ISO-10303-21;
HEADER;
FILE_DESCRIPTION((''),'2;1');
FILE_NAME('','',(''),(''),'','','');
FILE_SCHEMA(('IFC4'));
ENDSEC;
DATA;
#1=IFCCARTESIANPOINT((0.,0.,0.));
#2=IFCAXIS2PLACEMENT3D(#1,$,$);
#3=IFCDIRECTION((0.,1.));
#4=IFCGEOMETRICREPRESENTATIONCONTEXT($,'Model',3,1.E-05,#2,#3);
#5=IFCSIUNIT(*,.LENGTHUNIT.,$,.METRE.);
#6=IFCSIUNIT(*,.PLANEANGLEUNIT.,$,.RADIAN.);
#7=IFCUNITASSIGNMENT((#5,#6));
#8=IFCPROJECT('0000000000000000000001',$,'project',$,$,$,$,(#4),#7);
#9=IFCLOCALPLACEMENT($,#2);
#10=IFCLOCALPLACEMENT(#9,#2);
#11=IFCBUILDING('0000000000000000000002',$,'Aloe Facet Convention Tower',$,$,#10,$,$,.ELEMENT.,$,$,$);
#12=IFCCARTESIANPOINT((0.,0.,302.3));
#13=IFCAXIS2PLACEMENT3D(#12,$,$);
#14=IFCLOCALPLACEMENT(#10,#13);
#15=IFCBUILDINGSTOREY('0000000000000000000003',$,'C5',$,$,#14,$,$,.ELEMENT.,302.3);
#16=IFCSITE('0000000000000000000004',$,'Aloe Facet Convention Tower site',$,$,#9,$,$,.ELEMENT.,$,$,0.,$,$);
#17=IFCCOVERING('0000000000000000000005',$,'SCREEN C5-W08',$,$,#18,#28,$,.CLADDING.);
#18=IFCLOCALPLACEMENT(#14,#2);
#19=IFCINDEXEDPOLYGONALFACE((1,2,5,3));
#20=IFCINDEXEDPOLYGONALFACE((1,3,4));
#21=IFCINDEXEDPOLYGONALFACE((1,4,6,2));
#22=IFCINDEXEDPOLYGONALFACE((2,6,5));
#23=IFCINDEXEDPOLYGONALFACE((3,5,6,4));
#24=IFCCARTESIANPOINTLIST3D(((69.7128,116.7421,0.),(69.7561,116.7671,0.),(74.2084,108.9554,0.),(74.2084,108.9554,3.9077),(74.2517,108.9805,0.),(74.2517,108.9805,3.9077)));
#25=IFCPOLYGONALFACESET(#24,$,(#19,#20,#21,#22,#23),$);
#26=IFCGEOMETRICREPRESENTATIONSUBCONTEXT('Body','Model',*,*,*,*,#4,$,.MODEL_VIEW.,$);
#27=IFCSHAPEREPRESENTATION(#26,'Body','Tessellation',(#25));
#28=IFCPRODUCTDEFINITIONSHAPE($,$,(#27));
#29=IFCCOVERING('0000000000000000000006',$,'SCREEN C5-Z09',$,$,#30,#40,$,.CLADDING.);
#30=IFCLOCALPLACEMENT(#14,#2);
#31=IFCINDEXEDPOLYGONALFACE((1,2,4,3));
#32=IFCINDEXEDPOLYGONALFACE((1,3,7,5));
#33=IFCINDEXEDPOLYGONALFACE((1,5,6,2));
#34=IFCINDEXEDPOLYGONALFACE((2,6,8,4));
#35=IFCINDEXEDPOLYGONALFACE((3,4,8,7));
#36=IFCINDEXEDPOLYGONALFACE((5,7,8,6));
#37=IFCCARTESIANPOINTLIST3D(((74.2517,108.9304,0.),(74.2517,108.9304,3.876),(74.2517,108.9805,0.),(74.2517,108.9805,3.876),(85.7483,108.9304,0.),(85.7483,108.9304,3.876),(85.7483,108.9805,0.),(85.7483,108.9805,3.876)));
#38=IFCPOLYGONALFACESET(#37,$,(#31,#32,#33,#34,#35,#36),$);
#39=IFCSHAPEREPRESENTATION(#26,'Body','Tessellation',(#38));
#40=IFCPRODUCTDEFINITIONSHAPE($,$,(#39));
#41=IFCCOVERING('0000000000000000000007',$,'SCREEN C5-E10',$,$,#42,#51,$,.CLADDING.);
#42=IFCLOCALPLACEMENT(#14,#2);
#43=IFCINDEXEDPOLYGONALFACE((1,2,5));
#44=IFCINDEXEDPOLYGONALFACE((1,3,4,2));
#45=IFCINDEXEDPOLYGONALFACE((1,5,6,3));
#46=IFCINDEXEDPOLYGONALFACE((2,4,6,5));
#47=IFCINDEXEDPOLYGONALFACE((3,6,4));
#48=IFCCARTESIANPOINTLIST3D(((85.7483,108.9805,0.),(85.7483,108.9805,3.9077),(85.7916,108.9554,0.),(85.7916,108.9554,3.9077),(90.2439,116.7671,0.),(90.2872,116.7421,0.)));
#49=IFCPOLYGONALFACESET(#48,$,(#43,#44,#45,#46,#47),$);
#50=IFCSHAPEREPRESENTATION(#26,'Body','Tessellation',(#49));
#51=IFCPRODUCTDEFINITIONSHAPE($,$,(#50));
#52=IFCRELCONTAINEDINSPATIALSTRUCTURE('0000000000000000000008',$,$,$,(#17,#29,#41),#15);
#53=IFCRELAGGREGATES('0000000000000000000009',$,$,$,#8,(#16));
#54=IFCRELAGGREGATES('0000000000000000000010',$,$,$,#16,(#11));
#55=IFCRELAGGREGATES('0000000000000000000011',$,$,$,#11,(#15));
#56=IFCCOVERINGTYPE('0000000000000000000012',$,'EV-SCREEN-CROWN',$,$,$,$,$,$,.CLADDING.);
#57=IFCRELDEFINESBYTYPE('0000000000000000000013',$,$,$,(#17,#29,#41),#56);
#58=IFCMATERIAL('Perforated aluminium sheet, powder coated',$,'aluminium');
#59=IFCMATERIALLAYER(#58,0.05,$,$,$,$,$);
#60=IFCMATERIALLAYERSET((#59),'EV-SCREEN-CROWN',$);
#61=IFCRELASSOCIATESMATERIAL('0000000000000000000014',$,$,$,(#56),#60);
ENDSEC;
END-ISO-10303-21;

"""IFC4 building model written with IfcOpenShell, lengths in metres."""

from ifc_helpers import new_model, si_unit, direction, frame, origin, place, context, subcontext, project, spatial, polyline, outline, extrude, material, layer, layer_set, type_object, element, save


model = new_model("IFC4")

# Units and contexts
model_context = context("Model", 3, precision=1e-05, world=origin(), true_north=direction((0.0, 1.0)))
body_context = subcontext(model_context, "Body", "Model", "MODEL_VIEW")
ifc_project = project(units=[si_unit("LENGTHUNIT", "METRE"), si_unit("PLANEANGLEUNIT", "RADIAN")], contexts=[model_context])

# Site, building, storey
site_placement = place(None, origin())
site = spatial("IfcSite", under=ifc_project, at=site_placement, Name="Aloe Facet Convention Tower site", CompositionType="ELEMENT", RefElevation=0.0)
building_placement = place(site_placement, origin())
building = spatial("IfcBuilding", under=site, at=building_placement, Name="Aloe Facet Convention Tower", CompositionType="ELEMENT")
storey_placement = place(building_placement, frame((0.0, 0.0, 302.3)))
storey = spatial("IfcBuildingStorey", under=building, at=storey_placement, Name="C5", CompositionType="ELEMENT", Elevation=302.3)

# Coverings
ifc_material_1 = material(Name="Perforated aluminium sheet, powder coated", Category="aluminium")
ifc_layer_1 = layer(ifc_material_1, 0.05)
ifc_layer_set_1 = layer_set([ifc_layer_1], Name="EV-SCREEN-CROWN")
covering_type = type_object("IfcCoveringType", Name="EV-SCREEN-CROWN", PredefinedType="CLADDING", material=ifc_layer_set_1)
covering_1_placement = place(storey_placement, frame((69.7561, 116.7671, 0.0), z_axis=(0.866026, 0.5, 0.0), x_axis=(0.458563, -0.794255, 0.398597)))
element("IfcCovering", 1, at=covering_1_placement, inside=storey, type_object=covering_type, Name="SCREEN C5-W08", PredefinedType="CLADDING", context=body_context, shape_type="SweptSolid", body=[
    extrude(outline(polyline([(0.0, 0.0), (9.8037, 0.0), (8.2461, 3.5839), (0.0, 0.0)])), origin(), (0.0, 0.0, -1.0), 0.05),
])
covering_2_placement = place(storey_placement, frame((74.2517, 108.9805, 0.0), z_axis=(0.0, 1.0, 0.0), x_axis=(0.0, 0.0, 1.0)))
element("IfcCovering", 2, at=covering_2_placement, inside=storey, type_object=covering_type, Name="SCREEN C5-Z09", PredefinedType="CLADDING", context=body_context, shape_type="SweptSolid", body=[
    extrude(outline(polyline([(0.0, 0.0), (3.876, 0.0), (3.876, 11.4966), (0.0, 11.4966), (0.0, 0.0)])), origin(), (0.0, 0.0, -1.0), 0.05),
])
covering_3_placement = place(storey_placement, frame((85.7483, 108.9805, 0.0), z_axis=(-0.866026, 0.5, 0.0), x_axis=(0.0, 0.0, 1.0)))
element("IfcCovering", 3, at=covering_3_placement, inside=storey, type_object=covering_type, Name="SCREEN C5-E10", PredefinedType="CLADDING", context=body_context, shape_type="SweptSolid", body=[
    extrude(outline(polyline([(0.0, 0.0), (3.9077, 0.0), (0.0, 8.9912), (0.0, 0.0)])), origin(), (0.0, 0.0, -1.0), 0.05),
])

save(model, "model.ifc")
